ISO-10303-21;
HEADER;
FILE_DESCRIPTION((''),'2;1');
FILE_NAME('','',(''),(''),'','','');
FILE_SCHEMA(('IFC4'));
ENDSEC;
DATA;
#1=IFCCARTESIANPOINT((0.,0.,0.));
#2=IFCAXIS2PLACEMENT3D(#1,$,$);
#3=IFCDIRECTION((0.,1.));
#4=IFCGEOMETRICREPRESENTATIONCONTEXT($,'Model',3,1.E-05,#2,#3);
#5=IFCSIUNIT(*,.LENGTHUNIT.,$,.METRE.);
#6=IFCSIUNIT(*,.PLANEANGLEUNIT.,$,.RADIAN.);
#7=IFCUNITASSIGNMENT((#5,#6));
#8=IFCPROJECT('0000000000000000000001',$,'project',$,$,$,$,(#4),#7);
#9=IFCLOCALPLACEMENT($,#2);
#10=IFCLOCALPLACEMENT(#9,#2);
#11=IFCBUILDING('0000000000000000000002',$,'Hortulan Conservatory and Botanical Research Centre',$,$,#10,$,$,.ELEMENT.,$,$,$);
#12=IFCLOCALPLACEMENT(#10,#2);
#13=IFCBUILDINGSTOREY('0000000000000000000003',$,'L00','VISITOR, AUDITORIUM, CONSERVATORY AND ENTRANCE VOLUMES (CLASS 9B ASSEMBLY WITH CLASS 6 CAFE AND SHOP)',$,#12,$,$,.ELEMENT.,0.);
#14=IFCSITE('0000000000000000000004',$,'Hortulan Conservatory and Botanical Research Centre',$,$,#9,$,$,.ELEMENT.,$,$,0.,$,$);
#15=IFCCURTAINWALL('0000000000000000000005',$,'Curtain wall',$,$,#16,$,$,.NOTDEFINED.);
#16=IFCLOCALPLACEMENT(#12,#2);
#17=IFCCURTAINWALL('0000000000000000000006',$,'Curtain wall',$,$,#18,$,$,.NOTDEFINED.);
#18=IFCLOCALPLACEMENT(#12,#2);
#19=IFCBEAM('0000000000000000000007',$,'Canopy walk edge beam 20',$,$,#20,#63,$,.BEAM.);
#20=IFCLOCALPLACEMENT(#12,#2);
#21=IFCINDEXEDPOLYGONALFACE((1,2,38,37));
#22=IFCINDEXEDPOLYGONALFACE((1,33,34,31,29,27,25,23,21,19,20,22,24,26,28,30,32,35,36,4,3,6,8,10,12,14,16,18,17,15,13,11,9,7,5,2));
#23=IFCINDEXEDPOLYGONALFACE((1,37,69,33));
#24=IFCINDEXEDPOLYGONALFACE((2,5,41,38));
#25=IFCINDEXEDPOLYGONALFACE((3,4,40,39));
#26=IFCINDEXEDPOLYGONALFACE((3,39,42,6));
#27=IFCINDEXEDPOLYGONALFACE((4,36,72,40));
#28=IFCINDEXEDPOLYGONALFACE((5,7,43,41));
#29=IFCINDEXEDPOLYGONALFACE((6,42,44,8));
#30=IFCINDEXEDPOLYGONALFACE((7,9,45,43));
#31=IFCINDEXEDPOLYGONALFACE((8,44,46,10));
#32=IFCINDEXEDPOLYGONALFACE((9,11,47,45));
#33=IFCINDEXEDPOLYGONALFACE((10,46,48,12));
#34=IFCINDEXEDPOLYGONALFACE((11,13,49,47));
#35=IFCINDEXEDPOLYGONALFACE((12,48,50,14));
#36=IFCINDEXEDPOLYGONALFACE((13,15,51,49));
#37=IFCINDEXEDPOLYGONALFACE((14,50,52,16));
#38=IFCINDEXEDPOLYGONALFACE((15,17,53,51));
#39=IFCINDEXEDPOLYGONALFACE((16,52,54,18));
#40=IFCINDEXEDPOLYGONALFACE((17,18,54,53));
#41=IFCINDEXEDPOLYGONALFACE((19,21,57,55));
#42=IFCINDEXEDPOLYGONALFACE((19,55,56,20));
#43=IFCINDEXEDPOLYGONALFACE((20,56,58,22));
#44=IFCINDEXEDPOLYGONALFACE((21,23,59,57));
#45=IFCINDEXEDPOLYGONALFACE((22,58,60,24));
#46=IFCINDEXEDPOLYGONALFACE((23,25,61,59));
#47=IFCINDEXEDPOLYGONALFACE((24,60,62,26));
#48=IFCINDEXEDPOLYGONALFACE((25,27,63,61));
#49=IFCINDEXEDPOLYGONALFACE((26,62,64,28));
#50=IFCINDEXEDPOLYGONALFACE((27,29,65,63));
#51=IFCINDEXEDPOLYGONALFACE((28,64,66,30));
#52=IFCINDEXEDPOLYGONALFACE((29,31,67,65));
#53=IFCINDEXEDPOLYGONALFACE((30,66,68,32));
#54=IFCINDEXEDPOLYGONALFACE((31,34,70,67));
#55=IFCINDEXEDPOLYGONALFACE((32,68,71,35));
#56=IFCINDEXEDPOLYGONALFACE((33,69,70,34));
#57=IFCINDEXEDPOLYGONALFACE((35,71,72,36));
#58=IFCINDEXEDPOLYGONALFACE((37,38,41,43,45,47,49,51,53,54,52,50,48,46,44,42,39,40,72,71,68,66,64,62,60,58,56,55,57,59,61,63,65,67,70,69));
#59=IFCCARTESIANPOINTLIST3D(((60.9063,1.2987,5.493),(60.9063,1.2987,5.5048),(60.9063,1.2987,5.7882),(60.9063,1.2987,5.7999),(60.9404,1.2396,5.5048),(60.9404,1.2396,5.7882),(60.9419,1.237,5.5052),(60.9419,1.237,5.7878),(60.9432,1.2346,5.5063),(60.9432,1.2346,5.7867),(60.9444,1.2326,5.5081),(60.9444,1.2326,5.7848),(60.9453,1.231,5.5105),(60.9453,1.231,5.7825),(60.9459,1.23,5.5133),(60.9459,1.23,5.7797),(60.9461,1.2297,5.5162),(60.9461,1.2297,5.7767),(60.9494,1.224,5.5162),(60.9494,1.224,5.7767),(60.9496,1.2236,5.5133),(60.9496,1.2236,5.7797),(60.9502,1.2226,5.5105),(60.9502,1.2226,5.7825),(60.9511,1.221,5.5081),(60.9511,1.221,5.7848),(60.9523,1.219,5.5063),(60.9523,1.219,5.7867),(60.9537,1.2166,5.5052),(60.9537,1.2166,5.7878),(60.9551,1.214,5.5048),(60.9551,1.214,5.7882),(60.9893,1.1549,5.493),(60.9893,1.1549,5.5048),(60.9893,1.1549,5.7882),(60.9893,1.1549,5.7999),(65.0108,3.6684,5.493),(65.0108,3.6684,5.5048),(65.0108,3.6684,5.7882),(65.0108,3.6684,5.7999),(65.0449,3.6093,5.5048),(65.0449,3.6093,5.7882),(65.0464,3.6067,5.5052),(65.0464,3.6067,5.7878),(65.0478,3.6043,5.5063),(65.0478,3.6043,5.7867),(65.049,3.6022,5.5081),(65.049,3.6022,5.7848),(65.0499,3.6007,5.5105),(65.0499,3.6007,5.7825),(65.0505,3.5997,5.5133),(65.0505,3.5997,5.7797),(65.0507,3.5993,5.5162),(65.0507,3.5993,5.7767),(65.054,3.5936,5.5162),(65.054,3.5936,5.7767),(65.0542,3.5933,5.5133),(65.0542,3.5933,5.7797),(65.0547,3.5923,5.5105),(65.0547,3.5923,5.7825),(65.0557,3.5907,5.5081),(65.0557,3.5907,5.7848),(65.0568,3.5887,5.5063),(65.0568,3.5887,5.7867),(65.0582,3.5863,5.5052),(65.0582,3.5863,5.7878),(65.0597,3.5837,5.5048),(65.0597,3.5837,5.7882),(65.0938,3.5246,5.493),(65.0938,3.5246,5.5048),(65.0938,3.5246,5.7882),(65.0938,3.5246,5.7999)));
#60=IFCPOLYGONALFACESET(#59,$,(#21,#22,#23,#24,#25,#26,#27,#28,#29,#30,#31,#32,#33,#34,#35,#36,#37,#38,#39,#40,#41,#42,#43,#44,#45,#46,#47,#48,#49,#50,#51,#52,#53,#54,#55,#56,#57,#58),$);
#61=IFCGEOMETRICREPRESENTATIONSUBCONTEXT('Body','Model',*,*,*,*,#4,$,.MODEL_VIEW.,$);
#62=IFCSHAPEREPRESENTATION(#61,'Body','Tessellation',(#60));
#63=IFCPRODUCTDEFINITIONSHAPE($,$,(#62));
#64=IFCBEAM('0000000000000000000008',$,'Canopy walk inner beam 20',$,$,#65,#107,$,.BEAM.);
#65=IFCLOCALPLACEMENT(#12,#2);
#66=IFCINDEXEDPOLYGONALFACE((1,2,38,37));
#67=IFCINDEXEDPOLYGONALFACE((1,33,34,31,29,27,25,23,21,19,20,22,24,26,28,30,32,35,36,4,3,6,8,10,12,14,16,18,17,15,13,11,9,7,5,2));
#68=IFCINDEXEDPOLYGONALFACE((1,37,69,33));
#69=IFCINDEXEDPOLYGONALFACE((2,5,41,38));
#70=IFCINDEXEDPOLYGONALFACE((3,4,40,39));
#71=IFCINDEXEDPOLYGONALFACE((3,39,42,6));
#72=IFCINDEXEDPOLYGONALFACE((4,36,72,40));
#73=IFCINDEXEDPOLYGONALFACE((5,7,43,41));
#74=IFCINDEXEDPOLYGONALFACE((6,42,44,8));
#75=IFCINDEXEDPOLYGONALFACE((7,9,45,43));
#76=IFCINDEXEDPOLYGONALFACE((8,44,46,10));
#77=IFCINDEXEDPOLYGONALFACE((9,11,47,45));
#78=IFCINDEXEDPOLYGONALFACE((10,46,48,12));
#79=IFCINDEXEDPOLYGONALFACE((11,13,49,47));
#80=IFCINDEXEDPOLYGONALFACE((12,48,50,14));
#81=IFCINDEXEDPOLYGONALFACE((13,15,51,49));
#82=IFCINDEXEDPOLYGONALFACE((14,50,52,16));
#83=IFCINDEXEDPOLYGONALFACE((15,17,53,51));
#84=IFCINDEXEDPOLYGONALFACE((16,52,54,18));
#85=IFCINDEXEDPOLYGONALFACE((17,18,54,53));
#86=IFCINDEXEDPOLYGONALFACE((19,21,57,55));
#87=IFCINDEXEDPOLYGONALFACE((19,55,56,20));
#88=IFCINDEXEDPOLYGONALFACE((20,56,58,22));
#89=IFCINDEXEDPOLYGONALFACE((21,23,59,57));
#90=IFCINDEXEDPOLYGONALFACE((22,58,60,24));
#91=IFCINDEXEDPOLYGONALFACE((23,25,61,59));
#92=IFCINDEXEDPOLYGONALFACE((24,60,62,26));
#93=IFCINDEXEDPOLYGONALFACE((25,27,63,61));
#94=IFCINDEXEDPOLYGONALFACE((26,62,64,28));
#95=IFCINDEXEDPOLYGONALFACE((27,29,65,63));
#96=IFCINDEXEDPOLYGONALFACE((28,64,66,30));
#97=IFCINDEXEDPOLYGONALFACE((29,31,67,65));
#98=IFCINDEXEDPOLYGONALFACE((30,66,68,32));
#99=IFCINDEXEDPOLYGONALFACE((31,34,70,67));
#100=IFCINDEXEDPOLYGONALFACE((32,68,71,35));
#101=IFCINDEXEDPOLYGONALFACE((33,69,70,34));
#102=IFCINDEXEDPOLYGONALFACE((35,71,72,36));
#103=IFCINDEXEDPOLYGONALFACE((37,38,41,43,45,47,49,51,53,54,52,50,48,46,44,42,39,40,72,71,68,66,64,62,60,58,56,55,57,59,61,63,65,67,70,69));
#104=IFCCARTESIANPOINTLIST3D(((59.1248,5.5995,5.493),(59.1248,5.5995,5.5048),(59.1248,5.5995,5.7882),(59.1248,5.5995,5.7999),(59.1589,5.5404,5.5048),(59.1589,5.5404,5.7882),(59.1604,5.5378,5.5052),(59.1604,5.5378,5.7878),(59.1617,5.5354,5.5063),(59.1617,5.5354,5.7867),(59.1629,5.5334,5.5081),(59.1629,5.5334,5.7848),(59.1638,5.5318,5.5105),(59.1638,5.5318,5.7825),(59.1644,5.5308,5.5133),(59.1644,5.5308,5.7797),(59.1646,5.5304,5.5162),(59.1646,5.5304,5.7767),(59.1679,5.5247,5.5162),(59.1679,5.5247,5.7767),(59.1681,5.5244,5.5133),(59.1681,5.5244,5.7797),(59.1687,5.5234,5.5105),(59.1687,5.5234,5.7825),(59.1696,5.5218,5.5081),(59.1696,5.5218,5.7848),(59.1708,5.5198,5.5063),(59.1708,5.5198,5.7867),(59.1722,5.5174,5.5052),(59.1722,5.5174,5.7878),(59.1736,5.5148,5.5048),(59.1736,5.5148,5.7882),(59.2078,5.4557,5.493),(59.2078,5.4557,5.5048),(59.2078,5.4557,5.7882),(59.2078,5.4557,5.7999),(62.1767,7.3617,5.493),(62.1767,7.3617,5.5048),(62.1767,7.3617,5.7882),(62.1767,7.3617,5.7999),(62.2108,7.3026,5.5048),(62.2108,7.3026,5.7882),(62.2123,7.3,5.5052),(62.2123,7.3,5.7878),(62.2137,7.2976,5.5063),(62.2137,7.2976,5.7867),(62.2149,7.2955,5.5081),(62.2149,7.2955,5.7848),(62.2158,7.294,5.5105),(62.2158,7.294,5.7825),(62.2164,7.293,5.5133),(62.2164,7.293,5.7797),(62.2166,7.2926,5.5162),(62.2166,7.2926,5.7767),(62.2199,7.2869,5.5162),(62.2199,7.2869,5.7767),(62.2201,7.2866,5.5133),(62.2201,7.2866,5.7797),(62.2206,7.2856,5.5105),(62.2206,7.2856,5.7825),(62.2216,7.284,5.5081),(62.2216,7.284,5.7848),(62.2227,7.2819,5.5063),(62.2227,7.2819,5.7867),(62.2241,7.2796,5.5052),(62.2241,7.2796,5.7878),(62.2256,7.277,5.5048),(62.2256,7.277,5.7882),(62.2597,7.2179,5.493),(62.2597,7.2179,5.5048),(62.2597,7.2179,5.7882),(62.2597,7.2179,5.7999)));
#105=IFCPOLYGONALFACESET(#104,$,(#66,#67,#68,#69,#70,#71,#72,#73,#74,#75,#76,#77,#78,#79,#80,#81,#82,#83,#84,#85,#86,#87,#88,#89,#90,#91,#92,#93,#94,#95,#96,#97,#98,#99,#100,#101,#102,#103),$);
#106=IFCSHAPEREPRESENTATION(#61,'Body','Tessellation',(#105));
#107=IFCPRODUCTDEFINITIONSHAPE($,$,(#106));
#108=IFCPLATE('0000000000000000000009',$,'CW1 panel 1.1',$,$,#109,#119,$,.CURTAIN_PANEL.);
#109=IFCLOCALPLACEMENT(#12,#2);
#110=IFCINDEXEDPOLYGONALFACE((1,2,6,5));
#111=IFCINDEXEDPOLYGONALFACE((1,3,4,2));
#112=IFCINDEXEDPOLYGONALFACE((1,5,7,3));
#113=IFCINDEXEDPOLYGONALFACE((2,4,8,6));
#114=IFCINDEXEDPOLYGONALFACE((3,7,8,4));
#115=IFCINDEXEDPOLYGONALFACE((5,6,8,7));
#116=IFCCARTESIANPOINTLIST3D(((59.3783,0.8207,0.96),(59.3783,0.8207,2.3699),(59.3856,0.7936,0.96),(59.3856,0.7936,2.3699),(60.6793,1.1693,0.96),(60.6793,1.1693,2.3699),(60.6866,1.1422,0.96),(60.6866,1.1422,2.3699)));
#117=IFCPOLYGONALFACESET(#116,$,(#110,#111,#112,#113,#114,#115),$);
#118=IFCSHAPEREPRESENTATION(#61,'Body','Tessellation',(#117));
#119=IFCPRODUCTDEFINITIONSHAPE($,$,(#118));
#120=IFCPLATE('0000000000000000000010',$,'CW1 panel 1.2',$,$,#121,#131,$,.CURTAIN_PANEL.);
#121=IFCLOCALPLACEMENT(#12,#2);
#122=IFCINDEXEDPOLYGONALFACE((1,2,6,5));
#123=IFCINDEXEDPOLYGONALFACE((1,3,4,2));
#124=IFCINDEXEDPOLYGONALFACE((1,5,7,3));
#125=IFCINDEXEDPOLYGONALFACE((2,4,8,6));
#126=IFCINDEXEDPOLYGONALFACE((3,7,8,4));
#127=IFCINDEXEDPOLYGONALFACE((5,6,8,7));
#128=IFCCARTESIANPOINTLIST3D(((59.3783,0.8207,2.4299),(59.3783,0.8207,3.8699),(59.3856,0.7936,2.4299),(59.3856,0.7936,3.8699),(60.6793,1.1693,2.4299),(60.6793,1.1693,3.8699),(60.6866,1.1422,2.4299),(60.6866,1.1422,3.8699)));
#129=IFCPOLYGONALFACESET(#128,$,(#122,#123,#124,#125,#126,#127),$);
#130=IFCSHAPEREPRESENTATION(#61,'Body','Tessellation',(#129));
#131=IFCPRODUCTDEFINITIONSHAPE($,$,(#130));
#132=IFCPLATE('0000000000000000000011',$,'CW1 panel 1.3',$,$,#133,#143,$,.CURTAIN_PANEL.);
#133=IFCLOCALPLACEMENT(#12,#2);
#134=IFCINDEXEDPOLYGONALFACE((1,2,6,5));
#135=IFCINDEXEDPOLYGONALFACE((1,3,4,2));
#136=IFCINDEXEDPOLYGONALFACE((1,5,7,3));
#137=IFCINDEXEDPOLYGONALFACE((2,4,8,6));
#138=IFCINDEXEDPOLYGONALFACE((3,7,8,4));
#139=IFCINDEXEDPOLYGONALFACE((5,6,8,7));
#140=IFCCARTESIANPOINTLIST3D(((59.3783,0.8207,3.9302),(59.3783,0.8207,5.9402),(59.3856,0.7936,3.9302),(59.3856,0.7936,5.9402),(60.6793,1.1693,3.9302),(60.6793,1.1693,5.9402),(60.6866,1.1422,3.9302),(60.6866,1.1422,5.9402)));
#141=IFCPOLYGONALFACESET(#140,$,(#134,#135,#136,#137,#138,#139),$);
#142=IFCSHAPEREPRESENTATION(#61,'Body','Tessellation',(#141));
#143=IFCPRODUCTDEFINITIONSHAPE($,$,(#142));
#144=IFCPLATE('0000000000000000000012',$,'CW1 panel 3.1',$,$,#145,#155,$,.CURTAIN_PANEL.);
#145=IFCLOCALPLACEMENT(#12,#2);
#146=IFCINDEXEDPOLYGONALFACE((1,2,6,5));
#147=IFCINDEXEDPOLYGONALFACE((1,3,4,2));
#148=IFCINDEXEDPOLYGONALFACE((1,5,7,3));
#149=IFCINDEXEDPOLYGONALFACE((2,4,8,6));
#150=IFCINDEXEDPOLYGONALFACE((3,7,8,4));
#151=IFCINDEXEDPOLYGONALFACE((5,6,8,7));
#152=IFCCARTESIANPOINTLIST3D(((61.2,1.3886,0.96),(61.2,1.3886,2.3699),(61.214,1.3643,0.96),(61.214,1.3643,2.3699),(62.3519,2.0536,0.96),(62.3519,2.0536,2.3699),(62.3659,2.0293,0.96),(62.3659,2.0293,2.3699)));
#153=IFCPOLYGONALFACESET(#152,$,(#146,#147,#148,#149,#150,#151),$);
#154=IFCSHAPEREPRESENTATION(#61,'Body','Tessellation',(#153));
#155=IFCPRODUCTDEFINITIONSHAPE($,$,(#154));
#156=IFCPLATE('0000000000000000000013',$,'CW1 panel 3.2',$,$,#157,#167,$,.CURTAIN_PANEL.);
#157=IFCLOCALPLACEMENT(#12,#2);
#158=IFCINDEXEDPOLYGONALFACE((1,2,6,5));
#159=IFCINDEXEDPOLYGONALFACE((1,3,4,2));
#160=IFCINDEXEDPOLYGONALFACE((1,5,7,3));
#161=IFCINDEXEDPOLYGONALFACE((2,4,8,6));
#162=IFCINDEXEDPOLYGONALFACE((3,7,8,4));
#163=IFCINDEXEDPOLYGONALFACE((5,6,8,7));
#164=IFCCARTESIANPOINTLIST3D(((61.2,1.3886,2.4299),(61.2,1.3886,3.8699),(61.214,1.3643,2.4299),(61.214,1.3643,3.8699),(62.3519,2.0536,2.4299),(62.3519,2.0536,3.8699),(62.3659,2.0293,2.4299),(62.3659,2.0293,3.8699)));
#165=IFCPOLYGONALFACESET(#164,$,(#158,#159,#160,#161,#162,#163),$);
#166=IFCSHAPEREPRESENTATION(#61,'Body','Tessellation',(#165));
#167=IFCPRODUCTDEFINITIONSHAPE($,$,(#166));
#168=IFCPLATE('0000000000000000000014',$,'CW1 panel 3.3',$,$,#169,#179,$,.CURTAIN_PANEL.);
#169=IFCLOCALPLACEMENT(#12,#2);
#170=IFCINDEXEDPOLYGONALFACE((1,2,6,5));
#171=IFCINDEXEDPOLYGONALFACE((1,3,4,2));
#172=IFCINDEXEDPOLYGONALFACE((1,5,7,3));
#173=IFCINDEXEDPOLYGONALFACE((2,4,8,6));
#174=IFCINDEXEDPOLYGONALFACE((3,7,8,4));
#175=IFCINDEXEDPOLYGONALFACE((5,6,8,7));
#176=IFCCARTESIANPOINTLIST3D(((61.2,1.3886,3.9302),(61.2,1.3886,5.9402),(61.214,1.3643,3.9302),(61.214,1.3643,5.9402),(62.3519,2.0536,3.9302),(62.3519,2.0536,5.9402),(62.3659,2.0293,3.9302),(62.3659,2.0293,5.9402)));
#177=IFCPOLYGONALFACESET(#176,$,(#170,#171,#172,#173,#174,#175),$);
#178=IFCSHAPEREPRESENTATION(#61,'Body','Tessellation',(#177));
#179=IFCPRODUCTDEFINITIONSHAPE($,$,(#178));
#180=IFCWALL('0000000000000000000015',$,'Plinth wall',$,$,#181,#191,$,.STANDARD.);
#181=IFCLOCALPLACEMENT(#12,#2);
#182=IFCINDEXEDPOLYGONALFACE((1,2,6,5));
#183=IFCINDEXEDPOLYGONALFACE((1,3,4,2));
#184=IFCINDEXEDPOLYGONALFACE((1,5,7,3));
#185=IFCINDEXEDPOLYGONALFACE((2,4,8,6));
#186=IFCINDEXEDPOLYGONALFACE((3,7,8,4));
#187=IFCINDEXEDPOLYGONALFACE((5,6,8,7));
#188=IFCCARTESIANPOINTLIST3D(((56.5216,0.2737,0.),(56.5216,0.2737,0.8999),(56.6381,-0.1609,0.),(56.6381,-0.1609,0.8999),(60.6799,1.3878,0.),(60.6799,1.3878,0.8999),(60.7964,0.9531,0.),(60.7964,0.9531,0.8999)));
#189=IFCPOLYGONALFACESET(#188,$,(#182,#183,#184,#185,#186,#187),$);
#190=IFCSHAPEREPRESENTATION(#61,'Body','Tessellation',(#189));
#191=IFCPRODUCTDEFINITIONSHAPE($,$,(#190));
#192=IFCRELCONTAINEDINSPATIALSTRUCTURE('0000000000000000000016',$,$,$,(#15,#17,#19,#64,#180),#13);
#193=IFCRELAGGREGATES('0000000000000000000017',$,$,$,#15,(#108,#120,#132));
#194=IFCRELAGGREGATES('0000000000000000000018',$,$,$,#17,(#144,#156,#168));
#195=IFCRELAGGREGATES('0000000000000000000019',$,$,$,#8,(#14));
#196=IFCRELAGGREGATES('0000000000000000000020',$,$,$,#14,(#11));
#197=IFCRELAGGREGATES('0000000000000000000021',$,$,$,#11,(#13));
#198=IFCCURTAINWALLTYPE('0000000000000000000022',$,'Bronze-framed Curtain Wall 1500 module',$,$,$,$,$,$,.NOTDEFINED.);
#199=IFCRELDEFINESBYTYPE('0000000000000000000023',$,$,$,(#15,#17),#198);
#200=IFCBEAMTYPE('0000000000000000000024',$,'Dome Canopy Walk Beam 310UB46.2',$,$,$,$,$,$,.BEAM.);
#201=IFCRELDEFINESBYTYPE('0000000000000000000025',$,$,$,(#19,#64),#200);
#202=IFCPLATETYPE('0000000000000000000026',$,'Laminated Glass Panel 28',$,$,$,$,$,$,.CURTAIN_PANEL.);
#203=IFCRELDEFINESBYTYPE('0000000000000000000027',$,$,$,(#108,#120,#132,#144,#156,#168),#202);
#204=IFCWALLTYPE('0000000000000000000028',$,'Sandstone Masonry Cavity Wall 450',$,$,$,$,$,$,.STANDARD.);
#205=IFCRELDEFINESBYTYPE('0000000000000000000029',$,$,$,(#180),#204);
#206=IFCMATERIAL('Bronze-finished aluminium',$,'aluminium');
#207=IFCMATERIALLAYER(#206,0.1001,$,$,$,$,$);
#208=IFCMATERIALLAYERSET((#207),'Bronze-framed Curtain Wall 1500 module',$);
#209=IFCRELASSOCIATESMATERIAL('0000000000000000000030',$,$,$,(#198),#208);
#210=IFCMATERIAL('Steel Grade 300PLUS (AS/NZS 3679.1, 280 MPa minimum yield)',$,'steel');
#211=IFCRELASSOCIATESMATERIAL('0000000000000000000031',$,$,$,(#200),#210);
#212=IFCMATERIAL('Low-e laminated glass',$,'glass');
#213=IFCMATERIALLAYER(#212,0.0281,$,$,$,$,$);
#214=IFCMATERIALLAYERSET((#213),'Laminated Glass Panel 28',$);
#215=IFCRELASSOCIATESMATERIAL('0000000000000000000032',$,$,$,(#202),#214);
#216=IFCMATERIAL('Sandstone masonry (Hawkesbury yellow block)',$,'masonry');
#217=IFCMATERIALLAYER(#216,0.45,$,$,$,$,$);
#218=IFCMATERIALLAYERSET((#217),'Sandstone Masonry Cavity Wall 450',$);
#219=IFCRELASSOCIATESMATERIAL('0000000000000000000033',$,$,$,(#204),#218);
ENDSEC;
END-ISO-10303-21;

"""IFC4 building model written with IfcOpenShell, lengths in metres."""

from ifc_helpers import new_model, si_unit, direction, frame, frame_2d, origin, origin_2d, place, context, subcontext, project, spatial, rectangle, i_section, extrude, material, layer, layer_set, material_profile, profile_set, type_object, element, aggregate, save


model = new_model("IFC4")

# Units and contexts
model_context = context("Model", 3, precision=1e-05, world=origin(), true_north=direction((0.0, 1.0)))
body_context = subcontext(model_context, "Body", "Model", "MODEL_VIEW")
ifc_project = project(units=[si_unit("LENGTHUNIT", "METRE"), si_unit("PLANEANGLEUNIT", "RADIAN")], contexts=[model_context])

# Site, building, storey
site_placement = place(None, origin())
site = spatial("IfcSite", under=ifc_project, at=site_placement, Name="Hortulan Conservatory and Botanical Research Centre", CompositionType="ELEMENT", RefElevation=0.0)
building_placement = place(site_placement, origin())
building = spatial("IfcBuilding", under=site, at=building_placement, Name="Hortulan Conservatory and Botanical Research Centre", CompositionType="ELEMENT")
storey_placement = place(building_placement, origin())
storey = spatial("IfcBuildingStorey", under=building, at=storey_placement, Name="L00", Description="VISITOR, AUDITORIUM, CONSERVATORY AND ENTRANCE VOLUMES (CLASS 9B ASSEMBLY WITH CLASS 6 CAFE AND SHOP)", CompositionType="ELEMENT", Elevation=0.0)

# Curtain wall
ifc_material_1 = material(Name="Bronze-finished aluminium", Category="aluminium")
ifc_layer_1 = layer(ifc_material_1, 0.1001)
ifc_layer_set_1 = layer_set([ifc_layer_1], Name="Bronze-framed Curtain Wall 1500 module")
curtain_wall_type = type_object("IfcCurtainWallType", Name="Bronze-framed Curtain Wall 1500 module", PredefinedType="NOTDEFINED", material=ifc_layer_set_1)
curtain_wall_1_placement = place(storey_placement, origin())
curtain_wall_1 = element("IfcCurtainWall", 1, at=curtain_wall_1_placement, inside=storey, type_object=curtain_wall_type, Name="Curtain wall", PredefinedType="NOTDEFINED")

# Curtain wall
curtain_wall_2_placement = place(storey_placement, origin())
curtain_wall_2 = element("IfcCurtainWall", 2, at=curtain_wall_2_placement, inside=storey, type_object=curtain_wall_type, Name="Curtain wall", PredefinedType="NOTDEFINED")

# Beams
ifc_material_2 = material(Name="Steel Grade 300PLUS (AS/NZS 3679.1, 280 MPa minimum yield)", Category="steel")
ifc_material_profile_1 = material_profile(ifc_material_2, i_section(OverallWidth=0.166, OverallDepth=0.3069, WebThickness=0.0066, FlangeThickness=0.0117, FilletRadius=0.0115, at=origin_2d()), Name="310UB46.2")
ifc_profile_set_1 = profile_set([ifc_material_profile_1], Name="Steel Grade 300PLUS (AS/NZS 3679.1, 280 MPa minimum yield)")
beam_type = type_object("IfcBeamType", Name="Dome Canopy Walk Beam 310UB46.2", PredefinedType="BEAM", material=ifc_profile_set_1)
beam_1_placement = place(storey_placement, frame((60.9478, 1.2268, 5.6465), z_axis=(0.866035, 0.499984, 0.0), x_axis=(-0.499984, 0.866035, 0.0)))
element("IfcBeam", 3, at=beam_1_placement, inside=storey, type_object=beam_type, Name="Canopy walk edge beam 20", PredefinedType="BEAM", context=body_context, shape_type="SweptSolid", body=[
    extrude(i_section(OverallWidth=0.166, OverallDepth=0.3069, WebThickness=0.0066, FlangeThickness=0.0117, FilletRadius=0.0115, at=origin_2d()), origin(), (0.0, 0.0, 1.0), 4.7395),
])
beam_2_placement = place(storey_placement, frame((59.1663, 5.5276, 5.6465), z_axis=(0.866009, 0.500028, 0.0), x_axis=(-0.500028, 0.866009, 0.0)))
element("IfcBeam", 4, at=beam_2_placement, inside=storey, type_object=beam_type, Name="Canopy walk inner beam 20", PredefinedType="BEAM", context=body_context, shape_type="SweptSolid", body=[
    extrude(i_section(OverallWidth=0.166, OverallDepth=0.3069, WebThickness=0.0066, FlangeThickness=0.0117, FilletRadius=0.0115, at=origin_2d()), origin(), (0.0, 0.0, 1.0), 3.5242),
])

# Plates
ifc_material_3 = material(Name="Low-e laminated glass", Category="glass")
ifc_layer_2 = layer(ifc_material_3, 0.0281)
ifc_layer_set_2 = layer_set([ifc_layer_2], Name="Laminated Glass Panel 28")
plate_type = type_object("IfcPlateType", Name="Laminated Glass Panel 28", PredefinedType="CURTAIN_PANEL", material=ifc_layer_set_2)
plate_1_placement = place(storey_placement, frame((60.0325, 0.9814, 0.96), z_axis=(0.0, 0.0, 1.0), x_axis=(-0.965922, -0.258832, 0.0)))
plate_1 = element("IfcPlate", 5, at=plate_1_placement, type_object=plate_type, Name="CW1 panel 1.1", PredefinedType="CURTAIN_PANEL", context=body_context, shape_type="SweptSolid", body=[
    extrude(rectangle(XDim=1.3469, YDim=0.0281, at=origin_2d()), origin(), (0.0, 0.0, 1.0), 1.4099),
])
plate_2_placement = place(storey_placement, frame((60.0325, 0.9814, 2.4299), z_axis=(0.0, 0.0, 1.0), x_axis=(-0.965922, -0.258832, 0.0)))
plate_2 = element("IfcPlate", 6, at=plate_2_placement, type_object=plate_type, Name="CW1 panel 1.2", PredefinedType="CURTAIN_PANEL", context=body_context, shape_type="SweptSolid", body=[
    extrude(rectangle(XDim=1.3469, YDim=0.0281, at=origin_2d()), origin(), (0.0, 0.0, 1.0), 1.4399),
])
plate_3_placement = place(storey_placement, frame((60.0325, 0.9814, 3.9302), z_axis=(0.0, 0.0, 1.0), x_axis=(-0.965922, -0.258832, 0.0)))
plate_3 = element("IfcPlate", 7, at=plate_3_placement, type_object=plate_type, Name="CW1 panel 1.3", PredefinedType="CURTAIN_PANEL", context=body_context, shape_type="SweptSolid", body=[
    extrude(rectangle(XDim=1.3469, YDim=0.0281, at=origin_2d()), origin(), (0.0, 0.0, 1.0), 2.01),
])
aggregate(curtain_wall_1, [plate_1, plate_2, plate_3])
plate_4_placement = place(storey_placement, frame((61.783, 1.709, 0.96), z_axis=(0.0, 0.0, 1.0), x_axis=(-0.866036, -0.499981, 0.0)))
plate_4 = element("IfcPlate", 8, at=plate_4_placement, type_object=plate_type, Name="CW1 panel 3.1", PredefinedType="CURTAIN_PANEL", context=body_context, shape_type="SweptSolid", body=[
    extrude(rectangle(XDim=1.3301, YDim=0.0281, at=origin_2d()), origin(), (0.0, 0.0, 1.0), 1.4099),
])
plate_5_placement = place(storey_placement, frame((61.783, 1.709, 2.4299), z_axis=(0.0, 0.0, 1.0), x_axis=(-0.866036, -0.499981, 0.0)))
plate_5 = element("IfcPlate", 9, at=plate_5_placement, type_object=plate_type, Name="CW1 panel 3.2", PredefinedType="CURTAIN_PANEL", context=body_context, shape_type="SweptSolid", body=[
    extrude(rectangle(XDim=1.3301, YDim=0.0281, at=origin_2d()), origin(), (0.0, 0.0, 1.0), 1.4399),
])
plate_6_placement = place(storey_placement, frame((61.783, 1.709, 3.9302), z_axis=(0.0, 0.0, 1.0), x_axis=(-0.866036, -0.499981, 0.0)))
plate_6 = element("IfcPlate", 10, at=plate_6_placement, type_object=plate_type, Name="CW1 panel 3.3", PredefinedType="CURTAIN_PANEL", context=body_context, shape_type="SweptSolid", body=[
    extrude(rectangle(XDim=1.3301, YDim=0.0281, at=origin_2d()), origin(), (0.0, 0.0, 1.0), 2.01),
])
aggregate(curtain_wall_2, [plate_4, plate_5, plate_6])

# Wall
ifc_material_4 = material(Name="Sandstone masonry (Hawkesbury yellow block)", Category="masonry")
ifc_layer_3 = layer(ifc_material_4, 0.45)
ifc_layer_set_3 = layer_set([ifc_layer_3], Name="Sandstone Masonry Cavity Wall 450")
wall_type = type_object("IfcWallType", Name="Sandstone Masonry Cavity Wall 450", PredefinedType="STANDARD", material=ifc_layer_set_3)
wall_placement = place(storey_placement, frame((60.738, 1.1704, 0.0), z_axis=(0.0, 0.0, 1.0), x_axis=(-0.965936, -0.258781, 0.0)))
element("IfcWall", 11, at=wall_placement, inside=storey, type_object=wall_type, Name="Plinth wall", PredefinedType="STANDARD", context=body_context, shape_type="SweptSolid", body=[
    extrude(rectangle(XDim=4.3049, YDim=0.45, at=frame_2d((2.1523, 0.0))), origin(), (0.0, 0.0, 1.0), 0.8999),
])

save(model, "model.ifc")
